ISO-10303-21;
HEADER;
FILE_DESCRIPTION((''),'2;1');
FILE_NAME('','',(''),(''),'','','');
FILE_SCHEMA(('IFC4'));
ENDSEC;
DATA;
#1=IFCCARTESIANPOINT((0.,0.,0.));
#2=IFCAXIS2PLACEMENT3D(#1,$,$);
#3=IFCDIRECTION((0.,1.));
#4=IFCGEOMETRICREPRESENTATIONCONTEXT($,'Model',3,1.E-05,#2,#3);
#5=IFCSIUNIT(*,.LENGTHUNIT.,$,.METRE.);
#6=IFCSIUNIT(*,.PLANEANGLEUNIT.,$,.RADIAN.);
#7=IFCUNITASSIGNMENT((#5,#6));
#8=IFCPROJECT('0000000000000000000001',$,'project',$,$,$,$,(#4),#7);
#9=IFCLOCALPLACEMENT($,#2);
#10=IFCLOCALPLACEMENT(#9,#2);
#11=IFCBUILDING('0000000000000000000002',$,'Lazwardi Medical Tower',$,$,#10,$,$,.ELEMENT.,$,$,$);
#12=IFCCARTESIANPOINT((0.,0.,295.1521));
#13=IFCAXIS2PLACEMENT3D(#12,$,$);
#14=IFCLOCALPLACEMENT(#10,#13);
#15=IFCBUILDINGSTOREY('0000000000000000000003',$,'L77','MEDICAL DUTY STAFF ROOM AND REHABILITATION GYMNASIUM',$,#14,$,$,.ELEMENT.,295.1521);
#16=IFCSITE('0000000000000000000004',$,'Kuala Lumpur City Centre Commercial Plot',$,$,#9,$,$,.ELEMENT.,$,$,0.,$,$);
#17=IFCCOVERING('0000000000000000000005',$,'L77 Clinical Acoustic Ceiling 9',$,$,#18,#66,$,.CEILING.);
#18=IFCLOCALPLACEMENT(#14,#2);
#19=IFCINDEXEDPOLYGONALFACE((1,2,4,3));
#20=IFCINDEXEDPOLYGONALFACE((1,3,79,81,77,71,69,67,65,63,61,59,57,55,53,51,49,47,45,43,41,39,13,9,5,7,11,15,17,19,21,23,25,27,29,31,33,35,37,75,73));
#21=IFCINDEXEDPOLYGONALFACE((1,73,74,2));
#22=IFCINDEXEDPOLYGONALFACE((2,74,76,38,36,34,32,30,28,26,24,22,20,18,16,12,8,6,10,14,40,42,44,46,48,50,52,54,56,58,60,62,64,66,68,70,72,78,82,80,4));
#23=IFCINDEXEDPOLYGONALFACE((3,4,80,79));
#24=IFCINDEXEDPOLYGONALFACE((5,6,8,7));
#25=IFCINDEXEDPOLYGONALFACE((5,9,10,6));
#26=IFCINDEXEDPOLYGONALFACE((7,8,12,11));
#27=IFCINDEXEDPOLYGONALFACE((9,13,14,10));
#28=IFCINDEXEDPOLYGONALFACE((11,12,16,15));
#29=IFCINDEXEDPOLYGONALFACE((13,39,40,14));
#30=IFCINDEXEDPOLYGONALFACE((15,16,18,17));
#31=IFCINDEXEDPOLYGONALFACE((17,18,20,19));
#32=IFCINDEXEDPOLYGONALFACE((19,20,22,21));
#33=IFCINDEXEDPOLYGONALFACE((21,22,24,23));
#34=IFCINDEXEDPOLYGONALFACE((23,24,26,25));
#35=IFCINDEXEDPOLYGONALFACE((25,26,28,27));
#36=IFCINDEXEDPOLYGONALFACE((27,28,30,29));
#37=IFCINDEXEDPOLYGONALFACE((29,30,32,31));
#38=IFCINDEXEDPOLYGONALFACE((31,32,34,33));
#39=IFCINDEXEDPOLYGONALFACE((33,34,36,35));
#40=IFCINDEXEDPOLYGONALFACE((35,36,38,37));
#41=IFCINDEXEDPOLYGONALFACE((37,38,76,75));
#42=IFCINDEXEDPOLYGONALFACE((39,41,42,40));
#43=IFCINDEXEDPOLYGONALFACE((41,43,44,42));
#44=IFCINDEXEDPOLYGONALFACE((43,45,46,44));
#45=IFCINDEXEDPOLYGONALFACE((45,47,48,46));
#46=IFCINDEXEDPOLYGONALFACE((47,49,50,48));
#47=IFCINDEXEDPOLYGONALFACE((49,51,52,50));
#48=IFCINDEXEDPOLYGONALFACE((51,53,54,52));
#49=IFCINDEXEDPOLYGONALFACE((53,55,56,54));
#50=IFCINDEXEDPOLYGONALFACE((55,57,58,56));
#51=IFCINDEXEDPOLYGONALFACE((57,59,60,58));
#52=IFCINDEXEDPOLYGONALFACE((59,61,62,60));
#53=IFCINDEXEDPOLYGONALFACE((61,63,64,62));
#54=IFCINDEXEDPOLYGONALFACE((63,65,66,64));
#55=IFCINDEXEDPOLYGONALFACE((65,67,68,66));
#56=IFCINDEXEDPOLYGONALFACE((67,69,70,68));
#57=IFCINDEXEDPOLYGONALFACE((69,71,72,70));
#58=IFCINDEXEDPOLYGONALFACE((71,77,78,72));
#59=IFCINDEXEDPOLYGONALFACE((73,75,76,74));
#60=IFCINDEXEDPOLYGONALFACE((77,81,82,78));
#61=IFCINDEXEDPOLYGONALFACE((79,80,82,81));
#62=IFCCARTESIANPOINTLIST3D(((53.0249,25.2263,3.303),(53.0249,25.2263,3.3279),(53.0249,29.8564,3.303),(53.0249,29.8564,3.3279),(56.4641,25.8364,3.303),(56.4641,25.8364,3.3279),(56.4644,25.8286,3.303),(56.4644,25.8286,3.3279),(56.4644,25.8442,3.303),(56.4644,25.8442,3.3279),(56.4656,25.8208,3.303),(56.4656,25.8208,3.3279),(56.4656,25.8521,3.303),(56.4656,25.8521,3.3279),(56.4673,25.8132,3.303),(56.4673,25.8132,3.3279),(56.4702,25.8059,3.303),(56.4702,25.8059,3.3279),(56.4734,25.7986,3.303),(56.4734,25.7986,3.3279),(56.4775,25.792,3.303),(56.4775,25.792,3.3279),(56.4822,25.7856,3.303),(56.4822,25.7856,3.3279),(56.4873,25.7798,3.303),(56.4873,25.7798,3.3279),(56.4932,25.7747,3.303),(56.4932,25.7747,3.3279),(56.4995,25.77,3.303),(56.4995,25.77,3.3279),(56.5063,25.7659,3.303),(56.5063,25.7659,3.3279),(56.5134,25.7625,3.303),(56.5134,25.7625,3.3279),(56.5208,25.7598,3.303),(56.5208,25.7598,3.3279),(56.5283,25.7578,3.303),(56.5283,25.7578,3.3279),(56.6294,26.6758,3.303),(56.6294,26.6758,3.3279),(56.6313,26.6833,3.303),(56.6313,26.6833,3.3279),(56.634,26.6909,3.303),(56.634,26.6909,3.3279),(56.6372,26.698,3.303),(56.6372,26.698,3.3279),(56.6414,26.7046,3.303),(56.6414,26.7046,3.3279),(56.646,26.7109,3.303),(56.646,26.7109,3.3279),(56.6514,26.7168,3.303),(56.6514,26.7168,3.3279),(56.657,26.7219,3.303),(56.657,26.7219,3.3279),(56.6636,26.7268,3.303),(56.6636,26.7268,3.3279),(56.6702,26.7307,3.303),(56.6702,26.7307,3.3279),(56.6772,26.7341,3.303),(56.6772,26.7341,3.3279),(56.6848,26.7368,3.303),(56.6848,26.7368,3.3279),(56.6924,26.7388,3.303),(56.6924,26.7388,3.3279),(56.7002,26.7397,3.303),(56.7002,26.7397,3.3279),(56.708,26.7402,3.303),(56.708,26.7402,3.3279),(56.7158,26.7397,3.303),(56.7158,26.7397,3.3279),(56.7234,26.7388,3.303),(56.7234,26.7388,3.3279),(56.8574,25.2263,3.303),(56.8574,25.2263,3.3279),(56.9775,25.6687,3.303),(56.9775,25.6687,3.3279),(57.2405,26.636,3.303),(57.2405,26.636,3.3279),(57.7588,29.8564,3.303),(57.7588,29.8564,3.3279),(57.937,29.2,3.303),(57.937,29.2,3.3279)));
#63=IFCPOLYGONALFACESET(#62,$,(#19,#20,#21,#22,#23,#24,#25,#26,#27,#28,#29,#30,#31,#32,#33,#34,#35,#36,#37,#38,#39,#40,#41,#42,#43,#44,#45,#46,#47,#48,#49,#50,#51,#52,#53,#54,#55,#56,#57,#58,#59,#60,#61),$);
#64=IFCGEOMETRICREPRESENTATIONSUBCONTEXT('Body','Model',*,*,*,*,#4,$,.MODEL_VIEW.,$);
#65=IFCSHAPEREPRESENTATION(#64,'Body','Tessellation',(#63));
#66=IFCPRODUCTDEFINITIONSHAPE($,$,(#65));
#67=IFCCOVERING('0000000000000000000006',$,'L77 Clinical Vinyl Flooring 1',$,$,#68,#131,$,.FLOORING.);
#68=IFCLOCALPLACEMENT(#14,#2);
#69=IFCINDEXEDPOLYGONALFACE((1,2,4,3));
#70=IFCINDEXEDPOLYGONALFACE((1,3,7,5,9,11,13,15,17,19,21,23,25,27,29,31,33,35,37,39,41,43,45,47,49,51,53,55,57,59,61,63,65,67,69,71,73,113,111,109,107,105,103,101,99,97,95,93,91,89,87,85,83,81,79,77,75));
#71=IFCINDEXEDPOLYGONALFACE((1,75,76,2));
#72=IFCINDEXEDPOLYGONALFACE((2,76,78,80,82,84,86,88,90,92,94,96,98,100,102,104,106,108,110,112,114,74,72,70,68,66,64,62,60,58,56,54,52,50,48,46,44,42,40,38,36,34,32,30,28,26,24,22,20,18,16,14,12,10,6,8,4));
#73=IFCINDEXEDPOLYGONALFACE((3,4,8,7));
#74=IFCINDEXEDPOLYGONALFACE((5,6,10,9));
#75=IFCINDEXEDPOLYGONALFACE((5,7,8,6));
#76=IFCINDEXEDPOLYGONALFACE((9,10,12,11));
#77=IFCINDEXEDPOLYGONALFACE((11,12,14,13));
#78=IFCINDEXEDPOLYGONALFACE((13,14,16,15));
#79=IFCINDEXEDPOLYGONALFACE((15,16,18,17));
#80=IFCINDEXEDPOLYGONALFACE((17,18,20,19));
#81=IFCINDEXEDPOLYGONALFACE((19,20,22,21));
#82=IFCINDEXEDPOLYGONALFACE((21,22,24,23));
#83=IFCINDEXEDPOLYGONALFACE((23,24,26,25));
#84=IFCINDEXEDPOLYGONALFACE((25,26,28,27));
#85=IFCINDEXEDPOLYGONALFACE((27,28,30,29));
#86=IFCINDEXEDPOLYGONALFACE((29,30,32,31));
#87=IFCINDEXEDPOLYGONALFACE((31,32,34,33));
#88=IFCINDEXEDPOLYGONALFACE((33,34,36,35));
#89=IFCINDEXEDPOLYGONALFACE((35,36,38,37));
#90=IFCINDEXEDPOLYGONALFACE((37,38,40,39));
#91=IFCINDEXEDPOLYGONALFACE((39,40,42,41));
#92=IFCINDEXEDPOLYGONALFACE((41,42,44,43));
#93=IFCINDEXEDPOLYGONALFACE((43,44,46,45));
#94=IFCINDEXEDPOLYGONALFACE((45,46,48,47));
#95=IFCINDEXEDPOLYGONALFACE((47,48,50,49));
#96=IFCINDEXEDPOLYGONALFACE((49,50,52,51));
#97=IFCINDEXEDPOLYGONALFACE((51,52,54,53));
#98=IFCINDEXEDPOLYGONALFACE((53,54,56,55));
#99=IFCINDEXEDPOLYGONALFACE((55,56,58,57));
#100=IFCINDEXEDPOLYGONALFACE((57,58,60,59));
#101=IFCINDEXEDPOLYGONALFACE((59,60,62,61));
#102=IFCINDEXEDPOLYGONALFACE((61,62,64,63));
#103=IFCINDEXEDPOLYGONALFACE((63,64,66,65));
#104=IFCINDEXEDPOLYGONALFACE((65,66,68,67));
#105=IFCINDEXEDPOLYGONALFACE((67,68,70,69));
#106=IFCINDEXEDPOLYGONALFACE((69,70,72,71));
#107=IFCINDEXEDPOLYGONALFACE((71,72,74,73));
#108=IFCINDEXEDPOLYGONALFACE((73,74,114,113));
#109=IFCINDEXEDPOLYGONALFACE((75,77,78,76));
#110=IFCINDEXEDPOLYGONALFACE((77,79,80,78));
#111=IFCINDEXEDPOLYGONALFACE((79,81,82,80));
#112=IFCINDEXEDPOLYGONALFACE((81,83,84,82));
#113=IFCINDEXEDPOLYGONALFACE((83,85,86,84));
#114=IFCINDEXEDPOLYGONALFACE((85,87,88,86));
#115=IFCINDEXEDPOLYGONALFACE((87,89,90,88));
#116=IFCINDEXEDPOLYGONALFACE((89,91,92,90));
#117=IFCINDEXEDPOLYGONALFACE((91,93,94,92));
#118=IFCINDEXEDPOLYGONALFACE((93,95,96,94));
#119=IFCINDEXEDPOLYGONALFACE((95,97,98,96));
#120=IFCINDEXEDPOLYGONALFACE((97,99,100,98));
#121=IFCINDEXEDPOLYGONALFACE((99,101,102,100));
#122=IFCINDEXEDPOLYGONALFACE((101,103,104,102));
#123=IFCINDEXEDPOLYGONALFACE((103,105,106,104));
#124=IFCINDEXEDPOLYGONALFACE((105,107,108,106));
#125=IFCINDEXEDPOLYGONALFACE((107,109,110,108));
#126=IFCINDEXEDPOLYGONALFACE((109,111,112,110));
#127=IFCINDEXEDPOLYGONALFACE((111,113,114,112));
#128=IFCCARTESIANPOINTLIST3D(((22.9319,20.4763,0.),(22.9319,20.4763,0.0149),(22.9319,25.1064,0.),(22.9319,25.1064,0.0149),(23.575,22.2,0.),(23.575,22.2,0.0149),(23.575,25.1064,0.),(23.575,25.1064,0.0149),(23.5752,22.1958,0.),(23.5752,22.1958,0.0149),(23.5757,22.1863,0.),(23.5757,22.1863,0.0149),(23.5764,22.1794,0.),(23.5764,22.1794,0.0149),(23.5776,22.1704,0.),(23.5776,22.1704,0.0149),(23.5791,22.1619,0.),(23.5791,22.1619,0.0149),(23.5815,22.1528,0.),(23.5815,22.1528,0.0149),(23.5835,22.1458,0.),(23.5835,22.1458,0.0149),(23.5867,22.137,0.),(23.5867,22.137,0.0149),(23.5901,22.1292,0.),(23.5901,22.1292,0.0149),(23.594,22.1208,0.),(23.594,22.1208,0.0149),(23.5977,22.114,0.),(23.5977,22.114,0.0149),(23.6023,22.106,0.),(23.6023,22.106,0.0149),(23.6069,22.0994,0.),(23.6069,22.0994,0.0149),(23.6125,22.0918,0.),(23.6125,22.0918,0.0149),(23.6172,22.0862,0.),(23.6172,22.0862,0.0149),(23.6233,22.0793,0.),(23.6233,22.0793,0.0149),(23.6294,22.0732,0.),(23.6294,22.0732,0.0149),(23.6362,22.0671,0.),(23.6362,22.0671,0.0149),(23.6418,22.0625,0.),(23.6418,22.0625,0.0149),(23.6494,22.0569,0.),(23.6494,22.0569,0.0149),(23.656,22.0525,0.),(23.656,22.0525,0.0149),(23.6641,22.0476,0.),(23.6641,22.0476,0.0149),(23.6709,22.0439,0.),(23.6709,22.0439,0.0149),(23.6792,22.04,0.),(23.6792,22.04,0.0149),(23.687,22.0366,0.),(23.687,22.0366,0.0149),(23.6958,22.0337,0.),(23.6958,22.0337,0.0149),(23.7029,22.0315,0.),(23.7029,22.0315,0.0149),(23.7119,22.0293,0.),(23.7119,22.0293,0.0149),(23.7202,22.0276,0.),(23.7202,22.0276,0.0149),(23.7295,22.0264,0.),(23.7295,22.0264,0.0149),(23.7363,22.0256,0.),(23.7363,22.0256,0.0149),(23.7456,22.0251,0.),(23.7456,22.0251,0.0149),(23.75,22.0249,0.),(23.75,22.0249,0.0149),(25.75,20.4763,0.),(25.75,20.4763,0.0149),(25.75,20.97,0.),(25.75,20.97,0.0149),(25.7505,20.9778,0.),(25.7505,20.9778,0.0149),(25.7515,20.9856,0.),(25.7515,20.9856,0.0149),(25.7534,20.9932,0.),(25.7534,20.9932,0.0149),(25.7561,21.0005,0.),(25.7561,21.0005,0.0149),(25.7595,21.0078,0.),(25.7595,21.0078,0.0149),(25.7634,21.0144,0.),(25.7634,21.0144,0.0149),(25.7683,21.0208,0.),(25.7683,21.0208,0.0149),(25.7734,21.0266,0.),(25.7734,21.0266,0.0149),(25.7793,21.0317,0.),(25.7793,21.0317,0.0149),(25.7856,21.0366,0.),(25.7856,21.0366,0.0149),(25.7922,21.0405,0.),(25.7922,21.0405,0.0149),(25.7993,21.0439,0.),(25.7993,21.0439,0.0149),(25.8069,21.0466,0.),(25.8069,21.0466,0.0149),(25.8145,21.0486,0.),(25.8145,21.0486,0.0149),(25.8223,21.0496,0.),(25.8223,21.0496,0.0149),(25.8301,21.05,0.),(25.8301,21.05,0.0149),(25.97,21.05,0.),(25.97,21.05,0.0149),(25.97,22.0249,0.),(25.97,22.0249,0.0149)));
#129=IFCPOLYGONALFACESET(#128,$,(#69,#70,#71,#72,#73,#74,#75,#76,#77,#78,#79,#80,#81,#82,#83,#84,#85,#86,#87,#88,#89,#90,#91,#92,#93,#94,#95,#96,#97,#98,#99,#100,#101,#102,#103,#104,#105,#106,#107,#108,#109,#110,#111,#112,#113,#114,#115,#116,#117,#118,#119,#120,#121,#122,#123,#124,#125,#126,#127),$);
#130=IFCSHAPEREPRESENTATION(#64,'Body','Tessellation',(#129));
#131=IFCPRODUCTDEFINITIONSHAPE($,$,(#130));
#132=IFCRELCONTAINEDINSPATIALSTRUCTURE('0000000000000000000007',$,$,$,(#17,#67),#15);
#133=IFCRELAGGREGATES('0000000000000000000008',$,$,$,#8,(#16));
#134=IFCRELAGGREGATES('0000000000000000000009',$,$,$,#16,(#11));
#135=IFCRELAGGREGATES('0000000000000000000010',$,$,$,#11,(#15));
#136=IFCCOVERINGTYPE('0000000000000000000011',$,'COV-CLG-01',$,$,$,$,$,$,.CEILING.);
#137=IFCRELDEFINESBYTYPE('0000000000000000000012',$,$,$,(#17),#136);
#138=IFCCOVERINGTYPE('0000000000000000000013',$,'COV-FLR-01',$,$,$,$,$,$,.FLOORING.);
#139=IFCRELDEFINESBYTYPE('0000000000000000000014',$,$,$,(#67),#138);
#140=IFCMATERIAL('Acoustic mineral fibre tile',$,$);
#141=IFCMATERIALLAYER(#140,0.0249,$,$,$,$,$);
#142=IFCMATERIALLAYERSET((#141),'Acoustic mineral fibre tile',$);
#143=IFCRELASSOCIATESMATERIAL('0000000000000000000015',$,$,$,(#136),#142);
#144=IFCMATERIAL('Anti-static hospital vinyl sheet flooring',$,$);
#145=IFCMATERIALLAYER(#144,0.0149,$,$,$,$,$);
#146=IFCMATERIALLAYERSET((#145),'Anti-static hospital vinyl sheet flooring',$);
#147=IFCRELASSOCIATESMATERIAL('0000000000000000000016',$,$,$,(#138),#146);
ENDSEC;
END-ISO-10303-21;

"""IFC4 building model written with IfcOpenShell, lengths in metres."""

from ifc_helpers import new_model, si_unit, direction, frame, origin, place, context, subcontext, project, spatial, polyline, outline, extrude, material, layer, layer_set, type_object, element, save


model = new_model("IFC4")

# Units and contexts
model_context = context("Model", 3, precision=1e-05, world=origin(), true_north=direction((0.0, 1.0)))
body_context = subcontext(model_context, "Body", "Model", "MODEL_VIEW")
ifc_project = project(units=[si_unit("LENGTHUNIT", "METRE"), si_unit("PLANEANGLEUNIT", "RADIAN")], contexts=[model_context])

# Site, building, storey
site_placement = place(None, origin())
site = spatial("IfcSite", under=ifc_project, at=site_placement, Name="Kuala Lumpur City Centre Commercial Plot", CompositionType="ELEMENT", RefElevation=0.0)
building_placement = place(site_placement, origin())
building = spatial("IfcBuilding", under=site, at=building_placement, Name="Lazwardi Medical Tower", CompositionType="ELEMENT")
storey_placement = place(building_placement, frame((0.0, 0.0, 295.1521)))
storey = spatial("IfcBuildingStorey", under=building, at=storey_placement, Name="L77", Description="MEDICAL DUTY STAFF ROOM AND REHABILITATION GYMNASIUM", CompositionType="ELEMENT", Elevation=295.1521)

# Coverings
ifc_material_1 = material(Name="Acoustic mineral fibre tile")
ifc_layer_1 = layer(ifc_material_1, 0.0249)
ifc_layer_set_1 = layer_set([ifc_layer_1], Name="Acoustic mineral fibre tile")
covering_type_1 = type_object("IfcCoveringType", Name="COV-CLG-01", PredefinedType="CEILING", material=ifc_layer_set_1)
covering_1_placement = place(storey_placement, frame((0.0, 0.0, 3.303)))
element("IfcCovering", 1, at=covering_1_placement, inside=storey, type_object=covering_type_1, Name="L77 Clinical Acoustic Ceiling 9", PredefinedType="CEILING", context=body_context, shape_type="SweptSolid", body=[
    extrude(outline(polyline([(53.0249, 29.8564), (53.0249, 25.2263), (56.8574, 25.2263), (56.9775, 25.6687), (56.5283, 25.7578), (56.5208, 25.7598), (56.5134, 25.7625), (56.5063, 25.7659), (56.4995, 25.77), (56.4932, 25.7747), (56.4873, 25.7798), (56.4822, 25.7856), (56.4775, 25.792), (56.4734, 25.7986), (56.4702, 25.8059), (56.4673, 25.8132), (56.4656, 25.8208), (56.4644, 25.8286), (56.4641, 25.8364), (56.4644, 25.8442), (56.4656, 25.8521), (56.6294, 26.6758), (56.6313, 26.6833), (56.634, 26.6909), (56.6372, 26.698), (56.6414, 26.7046), (56.646, 26.7109), (56.6514, 26.7168), (56.657, 26.7219), (56.6636, 26.7268), (56.6702, 26.7307), (56.6772, 26.7341), (56.6848, 26.7368), (56.6924, 26.7388), (56.7002, 26.7397), (56.708, 26.7402), (56.7158, 26.7397), (56.7234, 26.7388), (57.2405, 26.636), (57.937, 29.2), (57.7588, 29.8564), (53.0249, 29.8564)])), origin(), (0.0, 0.0, 1.0), 0.0249),
])
ifc_material_2 = material(Name="Anti-static hospital vinyl sheet flooring")
ifc_layer_2 = layer(ifc_material_2, 0.0149)
ifc_layer_set_2 = layer_set([ifc_layer_2], Name="Anti-static hospital vinyl sheet flooring")
covering_type_2 = type_object("IfcCoveringType", Name="COV-FLR-01", PredefinedType="FLOORING", material=ifc_layer_set_2)
covering_2_placement = place(storey_placement, origin())
element("IfcCovering", 2, at=covering_2_placement, inside=storey, type_object=covering_type_2, Name="L77 Clinical Vinyl Flooring 1", PredefinedType="FLOORING", context=body_context, shape_type="SweptSolid", body=[
    extrude(outline(polyline([(25.75, 20.4763), (25.75, 20.97), (25.7505, 20.9778), (25.7515, 20.9856), (25.7534, 20.9932), (25.7561, 21.0005), (25.7595, 21.0078), (25.7634, 21.0144), (25.7683, 21.0208), (25.7734, 21.0266), (25.7793, 21.0317), (25.7856, 21.0366), (25.7922, 21.0405), (25.7993, 21.0439), (25.8069, 21.0466), (25.8145, 21.0486), (25.8223, 21.0496), (25.8301, 21.05), (25.97, 21.05), (25.97, 22.0249), (23.75, 22.0249), (23.7456, 22.0251), (23.7363, 22.0256), (23.7295, 22.0264), (23.7202, 22.0276), (23.7119, 22.0293), (23.7029, 22.0315), (23.6958, 22.0337), (23.687, 22.0366), (23.6792, 22.04), (23.6709, 22.0439), (23.6641, 22.0476), (23.656, 22.0525), (23.6494, 22.0569), (23.6418, 22.0625), (23.6362, 22.0671), (23.6294, 22.0732), (23.6233, 22.0793), (23.6172, 22.0862), (23.6125, 22.0918), (23.6069, 22.0994), (23.6023, 22.106), (23.5977, 22.114), (23.594, 22.1208), (23.5901, 22.1292), (23.5867, 22.137), (23.5835, 22.1458), (23.5815, 22.1528), (23.5791, 22.1619), (23.5776, 22.1704), (23.5764, 22.1794), (23.5757, 22.1863), (23.5752, 22.1958), (23.575, 22.2), (23.575, 25.1064), (22.9319, 25.1064), (22.9319, 20.4763), (25.75, 20.4763)])), origin(), (0.0, 0.0, 1.0), 0.0149),
])

save(model, "model.ifc")
